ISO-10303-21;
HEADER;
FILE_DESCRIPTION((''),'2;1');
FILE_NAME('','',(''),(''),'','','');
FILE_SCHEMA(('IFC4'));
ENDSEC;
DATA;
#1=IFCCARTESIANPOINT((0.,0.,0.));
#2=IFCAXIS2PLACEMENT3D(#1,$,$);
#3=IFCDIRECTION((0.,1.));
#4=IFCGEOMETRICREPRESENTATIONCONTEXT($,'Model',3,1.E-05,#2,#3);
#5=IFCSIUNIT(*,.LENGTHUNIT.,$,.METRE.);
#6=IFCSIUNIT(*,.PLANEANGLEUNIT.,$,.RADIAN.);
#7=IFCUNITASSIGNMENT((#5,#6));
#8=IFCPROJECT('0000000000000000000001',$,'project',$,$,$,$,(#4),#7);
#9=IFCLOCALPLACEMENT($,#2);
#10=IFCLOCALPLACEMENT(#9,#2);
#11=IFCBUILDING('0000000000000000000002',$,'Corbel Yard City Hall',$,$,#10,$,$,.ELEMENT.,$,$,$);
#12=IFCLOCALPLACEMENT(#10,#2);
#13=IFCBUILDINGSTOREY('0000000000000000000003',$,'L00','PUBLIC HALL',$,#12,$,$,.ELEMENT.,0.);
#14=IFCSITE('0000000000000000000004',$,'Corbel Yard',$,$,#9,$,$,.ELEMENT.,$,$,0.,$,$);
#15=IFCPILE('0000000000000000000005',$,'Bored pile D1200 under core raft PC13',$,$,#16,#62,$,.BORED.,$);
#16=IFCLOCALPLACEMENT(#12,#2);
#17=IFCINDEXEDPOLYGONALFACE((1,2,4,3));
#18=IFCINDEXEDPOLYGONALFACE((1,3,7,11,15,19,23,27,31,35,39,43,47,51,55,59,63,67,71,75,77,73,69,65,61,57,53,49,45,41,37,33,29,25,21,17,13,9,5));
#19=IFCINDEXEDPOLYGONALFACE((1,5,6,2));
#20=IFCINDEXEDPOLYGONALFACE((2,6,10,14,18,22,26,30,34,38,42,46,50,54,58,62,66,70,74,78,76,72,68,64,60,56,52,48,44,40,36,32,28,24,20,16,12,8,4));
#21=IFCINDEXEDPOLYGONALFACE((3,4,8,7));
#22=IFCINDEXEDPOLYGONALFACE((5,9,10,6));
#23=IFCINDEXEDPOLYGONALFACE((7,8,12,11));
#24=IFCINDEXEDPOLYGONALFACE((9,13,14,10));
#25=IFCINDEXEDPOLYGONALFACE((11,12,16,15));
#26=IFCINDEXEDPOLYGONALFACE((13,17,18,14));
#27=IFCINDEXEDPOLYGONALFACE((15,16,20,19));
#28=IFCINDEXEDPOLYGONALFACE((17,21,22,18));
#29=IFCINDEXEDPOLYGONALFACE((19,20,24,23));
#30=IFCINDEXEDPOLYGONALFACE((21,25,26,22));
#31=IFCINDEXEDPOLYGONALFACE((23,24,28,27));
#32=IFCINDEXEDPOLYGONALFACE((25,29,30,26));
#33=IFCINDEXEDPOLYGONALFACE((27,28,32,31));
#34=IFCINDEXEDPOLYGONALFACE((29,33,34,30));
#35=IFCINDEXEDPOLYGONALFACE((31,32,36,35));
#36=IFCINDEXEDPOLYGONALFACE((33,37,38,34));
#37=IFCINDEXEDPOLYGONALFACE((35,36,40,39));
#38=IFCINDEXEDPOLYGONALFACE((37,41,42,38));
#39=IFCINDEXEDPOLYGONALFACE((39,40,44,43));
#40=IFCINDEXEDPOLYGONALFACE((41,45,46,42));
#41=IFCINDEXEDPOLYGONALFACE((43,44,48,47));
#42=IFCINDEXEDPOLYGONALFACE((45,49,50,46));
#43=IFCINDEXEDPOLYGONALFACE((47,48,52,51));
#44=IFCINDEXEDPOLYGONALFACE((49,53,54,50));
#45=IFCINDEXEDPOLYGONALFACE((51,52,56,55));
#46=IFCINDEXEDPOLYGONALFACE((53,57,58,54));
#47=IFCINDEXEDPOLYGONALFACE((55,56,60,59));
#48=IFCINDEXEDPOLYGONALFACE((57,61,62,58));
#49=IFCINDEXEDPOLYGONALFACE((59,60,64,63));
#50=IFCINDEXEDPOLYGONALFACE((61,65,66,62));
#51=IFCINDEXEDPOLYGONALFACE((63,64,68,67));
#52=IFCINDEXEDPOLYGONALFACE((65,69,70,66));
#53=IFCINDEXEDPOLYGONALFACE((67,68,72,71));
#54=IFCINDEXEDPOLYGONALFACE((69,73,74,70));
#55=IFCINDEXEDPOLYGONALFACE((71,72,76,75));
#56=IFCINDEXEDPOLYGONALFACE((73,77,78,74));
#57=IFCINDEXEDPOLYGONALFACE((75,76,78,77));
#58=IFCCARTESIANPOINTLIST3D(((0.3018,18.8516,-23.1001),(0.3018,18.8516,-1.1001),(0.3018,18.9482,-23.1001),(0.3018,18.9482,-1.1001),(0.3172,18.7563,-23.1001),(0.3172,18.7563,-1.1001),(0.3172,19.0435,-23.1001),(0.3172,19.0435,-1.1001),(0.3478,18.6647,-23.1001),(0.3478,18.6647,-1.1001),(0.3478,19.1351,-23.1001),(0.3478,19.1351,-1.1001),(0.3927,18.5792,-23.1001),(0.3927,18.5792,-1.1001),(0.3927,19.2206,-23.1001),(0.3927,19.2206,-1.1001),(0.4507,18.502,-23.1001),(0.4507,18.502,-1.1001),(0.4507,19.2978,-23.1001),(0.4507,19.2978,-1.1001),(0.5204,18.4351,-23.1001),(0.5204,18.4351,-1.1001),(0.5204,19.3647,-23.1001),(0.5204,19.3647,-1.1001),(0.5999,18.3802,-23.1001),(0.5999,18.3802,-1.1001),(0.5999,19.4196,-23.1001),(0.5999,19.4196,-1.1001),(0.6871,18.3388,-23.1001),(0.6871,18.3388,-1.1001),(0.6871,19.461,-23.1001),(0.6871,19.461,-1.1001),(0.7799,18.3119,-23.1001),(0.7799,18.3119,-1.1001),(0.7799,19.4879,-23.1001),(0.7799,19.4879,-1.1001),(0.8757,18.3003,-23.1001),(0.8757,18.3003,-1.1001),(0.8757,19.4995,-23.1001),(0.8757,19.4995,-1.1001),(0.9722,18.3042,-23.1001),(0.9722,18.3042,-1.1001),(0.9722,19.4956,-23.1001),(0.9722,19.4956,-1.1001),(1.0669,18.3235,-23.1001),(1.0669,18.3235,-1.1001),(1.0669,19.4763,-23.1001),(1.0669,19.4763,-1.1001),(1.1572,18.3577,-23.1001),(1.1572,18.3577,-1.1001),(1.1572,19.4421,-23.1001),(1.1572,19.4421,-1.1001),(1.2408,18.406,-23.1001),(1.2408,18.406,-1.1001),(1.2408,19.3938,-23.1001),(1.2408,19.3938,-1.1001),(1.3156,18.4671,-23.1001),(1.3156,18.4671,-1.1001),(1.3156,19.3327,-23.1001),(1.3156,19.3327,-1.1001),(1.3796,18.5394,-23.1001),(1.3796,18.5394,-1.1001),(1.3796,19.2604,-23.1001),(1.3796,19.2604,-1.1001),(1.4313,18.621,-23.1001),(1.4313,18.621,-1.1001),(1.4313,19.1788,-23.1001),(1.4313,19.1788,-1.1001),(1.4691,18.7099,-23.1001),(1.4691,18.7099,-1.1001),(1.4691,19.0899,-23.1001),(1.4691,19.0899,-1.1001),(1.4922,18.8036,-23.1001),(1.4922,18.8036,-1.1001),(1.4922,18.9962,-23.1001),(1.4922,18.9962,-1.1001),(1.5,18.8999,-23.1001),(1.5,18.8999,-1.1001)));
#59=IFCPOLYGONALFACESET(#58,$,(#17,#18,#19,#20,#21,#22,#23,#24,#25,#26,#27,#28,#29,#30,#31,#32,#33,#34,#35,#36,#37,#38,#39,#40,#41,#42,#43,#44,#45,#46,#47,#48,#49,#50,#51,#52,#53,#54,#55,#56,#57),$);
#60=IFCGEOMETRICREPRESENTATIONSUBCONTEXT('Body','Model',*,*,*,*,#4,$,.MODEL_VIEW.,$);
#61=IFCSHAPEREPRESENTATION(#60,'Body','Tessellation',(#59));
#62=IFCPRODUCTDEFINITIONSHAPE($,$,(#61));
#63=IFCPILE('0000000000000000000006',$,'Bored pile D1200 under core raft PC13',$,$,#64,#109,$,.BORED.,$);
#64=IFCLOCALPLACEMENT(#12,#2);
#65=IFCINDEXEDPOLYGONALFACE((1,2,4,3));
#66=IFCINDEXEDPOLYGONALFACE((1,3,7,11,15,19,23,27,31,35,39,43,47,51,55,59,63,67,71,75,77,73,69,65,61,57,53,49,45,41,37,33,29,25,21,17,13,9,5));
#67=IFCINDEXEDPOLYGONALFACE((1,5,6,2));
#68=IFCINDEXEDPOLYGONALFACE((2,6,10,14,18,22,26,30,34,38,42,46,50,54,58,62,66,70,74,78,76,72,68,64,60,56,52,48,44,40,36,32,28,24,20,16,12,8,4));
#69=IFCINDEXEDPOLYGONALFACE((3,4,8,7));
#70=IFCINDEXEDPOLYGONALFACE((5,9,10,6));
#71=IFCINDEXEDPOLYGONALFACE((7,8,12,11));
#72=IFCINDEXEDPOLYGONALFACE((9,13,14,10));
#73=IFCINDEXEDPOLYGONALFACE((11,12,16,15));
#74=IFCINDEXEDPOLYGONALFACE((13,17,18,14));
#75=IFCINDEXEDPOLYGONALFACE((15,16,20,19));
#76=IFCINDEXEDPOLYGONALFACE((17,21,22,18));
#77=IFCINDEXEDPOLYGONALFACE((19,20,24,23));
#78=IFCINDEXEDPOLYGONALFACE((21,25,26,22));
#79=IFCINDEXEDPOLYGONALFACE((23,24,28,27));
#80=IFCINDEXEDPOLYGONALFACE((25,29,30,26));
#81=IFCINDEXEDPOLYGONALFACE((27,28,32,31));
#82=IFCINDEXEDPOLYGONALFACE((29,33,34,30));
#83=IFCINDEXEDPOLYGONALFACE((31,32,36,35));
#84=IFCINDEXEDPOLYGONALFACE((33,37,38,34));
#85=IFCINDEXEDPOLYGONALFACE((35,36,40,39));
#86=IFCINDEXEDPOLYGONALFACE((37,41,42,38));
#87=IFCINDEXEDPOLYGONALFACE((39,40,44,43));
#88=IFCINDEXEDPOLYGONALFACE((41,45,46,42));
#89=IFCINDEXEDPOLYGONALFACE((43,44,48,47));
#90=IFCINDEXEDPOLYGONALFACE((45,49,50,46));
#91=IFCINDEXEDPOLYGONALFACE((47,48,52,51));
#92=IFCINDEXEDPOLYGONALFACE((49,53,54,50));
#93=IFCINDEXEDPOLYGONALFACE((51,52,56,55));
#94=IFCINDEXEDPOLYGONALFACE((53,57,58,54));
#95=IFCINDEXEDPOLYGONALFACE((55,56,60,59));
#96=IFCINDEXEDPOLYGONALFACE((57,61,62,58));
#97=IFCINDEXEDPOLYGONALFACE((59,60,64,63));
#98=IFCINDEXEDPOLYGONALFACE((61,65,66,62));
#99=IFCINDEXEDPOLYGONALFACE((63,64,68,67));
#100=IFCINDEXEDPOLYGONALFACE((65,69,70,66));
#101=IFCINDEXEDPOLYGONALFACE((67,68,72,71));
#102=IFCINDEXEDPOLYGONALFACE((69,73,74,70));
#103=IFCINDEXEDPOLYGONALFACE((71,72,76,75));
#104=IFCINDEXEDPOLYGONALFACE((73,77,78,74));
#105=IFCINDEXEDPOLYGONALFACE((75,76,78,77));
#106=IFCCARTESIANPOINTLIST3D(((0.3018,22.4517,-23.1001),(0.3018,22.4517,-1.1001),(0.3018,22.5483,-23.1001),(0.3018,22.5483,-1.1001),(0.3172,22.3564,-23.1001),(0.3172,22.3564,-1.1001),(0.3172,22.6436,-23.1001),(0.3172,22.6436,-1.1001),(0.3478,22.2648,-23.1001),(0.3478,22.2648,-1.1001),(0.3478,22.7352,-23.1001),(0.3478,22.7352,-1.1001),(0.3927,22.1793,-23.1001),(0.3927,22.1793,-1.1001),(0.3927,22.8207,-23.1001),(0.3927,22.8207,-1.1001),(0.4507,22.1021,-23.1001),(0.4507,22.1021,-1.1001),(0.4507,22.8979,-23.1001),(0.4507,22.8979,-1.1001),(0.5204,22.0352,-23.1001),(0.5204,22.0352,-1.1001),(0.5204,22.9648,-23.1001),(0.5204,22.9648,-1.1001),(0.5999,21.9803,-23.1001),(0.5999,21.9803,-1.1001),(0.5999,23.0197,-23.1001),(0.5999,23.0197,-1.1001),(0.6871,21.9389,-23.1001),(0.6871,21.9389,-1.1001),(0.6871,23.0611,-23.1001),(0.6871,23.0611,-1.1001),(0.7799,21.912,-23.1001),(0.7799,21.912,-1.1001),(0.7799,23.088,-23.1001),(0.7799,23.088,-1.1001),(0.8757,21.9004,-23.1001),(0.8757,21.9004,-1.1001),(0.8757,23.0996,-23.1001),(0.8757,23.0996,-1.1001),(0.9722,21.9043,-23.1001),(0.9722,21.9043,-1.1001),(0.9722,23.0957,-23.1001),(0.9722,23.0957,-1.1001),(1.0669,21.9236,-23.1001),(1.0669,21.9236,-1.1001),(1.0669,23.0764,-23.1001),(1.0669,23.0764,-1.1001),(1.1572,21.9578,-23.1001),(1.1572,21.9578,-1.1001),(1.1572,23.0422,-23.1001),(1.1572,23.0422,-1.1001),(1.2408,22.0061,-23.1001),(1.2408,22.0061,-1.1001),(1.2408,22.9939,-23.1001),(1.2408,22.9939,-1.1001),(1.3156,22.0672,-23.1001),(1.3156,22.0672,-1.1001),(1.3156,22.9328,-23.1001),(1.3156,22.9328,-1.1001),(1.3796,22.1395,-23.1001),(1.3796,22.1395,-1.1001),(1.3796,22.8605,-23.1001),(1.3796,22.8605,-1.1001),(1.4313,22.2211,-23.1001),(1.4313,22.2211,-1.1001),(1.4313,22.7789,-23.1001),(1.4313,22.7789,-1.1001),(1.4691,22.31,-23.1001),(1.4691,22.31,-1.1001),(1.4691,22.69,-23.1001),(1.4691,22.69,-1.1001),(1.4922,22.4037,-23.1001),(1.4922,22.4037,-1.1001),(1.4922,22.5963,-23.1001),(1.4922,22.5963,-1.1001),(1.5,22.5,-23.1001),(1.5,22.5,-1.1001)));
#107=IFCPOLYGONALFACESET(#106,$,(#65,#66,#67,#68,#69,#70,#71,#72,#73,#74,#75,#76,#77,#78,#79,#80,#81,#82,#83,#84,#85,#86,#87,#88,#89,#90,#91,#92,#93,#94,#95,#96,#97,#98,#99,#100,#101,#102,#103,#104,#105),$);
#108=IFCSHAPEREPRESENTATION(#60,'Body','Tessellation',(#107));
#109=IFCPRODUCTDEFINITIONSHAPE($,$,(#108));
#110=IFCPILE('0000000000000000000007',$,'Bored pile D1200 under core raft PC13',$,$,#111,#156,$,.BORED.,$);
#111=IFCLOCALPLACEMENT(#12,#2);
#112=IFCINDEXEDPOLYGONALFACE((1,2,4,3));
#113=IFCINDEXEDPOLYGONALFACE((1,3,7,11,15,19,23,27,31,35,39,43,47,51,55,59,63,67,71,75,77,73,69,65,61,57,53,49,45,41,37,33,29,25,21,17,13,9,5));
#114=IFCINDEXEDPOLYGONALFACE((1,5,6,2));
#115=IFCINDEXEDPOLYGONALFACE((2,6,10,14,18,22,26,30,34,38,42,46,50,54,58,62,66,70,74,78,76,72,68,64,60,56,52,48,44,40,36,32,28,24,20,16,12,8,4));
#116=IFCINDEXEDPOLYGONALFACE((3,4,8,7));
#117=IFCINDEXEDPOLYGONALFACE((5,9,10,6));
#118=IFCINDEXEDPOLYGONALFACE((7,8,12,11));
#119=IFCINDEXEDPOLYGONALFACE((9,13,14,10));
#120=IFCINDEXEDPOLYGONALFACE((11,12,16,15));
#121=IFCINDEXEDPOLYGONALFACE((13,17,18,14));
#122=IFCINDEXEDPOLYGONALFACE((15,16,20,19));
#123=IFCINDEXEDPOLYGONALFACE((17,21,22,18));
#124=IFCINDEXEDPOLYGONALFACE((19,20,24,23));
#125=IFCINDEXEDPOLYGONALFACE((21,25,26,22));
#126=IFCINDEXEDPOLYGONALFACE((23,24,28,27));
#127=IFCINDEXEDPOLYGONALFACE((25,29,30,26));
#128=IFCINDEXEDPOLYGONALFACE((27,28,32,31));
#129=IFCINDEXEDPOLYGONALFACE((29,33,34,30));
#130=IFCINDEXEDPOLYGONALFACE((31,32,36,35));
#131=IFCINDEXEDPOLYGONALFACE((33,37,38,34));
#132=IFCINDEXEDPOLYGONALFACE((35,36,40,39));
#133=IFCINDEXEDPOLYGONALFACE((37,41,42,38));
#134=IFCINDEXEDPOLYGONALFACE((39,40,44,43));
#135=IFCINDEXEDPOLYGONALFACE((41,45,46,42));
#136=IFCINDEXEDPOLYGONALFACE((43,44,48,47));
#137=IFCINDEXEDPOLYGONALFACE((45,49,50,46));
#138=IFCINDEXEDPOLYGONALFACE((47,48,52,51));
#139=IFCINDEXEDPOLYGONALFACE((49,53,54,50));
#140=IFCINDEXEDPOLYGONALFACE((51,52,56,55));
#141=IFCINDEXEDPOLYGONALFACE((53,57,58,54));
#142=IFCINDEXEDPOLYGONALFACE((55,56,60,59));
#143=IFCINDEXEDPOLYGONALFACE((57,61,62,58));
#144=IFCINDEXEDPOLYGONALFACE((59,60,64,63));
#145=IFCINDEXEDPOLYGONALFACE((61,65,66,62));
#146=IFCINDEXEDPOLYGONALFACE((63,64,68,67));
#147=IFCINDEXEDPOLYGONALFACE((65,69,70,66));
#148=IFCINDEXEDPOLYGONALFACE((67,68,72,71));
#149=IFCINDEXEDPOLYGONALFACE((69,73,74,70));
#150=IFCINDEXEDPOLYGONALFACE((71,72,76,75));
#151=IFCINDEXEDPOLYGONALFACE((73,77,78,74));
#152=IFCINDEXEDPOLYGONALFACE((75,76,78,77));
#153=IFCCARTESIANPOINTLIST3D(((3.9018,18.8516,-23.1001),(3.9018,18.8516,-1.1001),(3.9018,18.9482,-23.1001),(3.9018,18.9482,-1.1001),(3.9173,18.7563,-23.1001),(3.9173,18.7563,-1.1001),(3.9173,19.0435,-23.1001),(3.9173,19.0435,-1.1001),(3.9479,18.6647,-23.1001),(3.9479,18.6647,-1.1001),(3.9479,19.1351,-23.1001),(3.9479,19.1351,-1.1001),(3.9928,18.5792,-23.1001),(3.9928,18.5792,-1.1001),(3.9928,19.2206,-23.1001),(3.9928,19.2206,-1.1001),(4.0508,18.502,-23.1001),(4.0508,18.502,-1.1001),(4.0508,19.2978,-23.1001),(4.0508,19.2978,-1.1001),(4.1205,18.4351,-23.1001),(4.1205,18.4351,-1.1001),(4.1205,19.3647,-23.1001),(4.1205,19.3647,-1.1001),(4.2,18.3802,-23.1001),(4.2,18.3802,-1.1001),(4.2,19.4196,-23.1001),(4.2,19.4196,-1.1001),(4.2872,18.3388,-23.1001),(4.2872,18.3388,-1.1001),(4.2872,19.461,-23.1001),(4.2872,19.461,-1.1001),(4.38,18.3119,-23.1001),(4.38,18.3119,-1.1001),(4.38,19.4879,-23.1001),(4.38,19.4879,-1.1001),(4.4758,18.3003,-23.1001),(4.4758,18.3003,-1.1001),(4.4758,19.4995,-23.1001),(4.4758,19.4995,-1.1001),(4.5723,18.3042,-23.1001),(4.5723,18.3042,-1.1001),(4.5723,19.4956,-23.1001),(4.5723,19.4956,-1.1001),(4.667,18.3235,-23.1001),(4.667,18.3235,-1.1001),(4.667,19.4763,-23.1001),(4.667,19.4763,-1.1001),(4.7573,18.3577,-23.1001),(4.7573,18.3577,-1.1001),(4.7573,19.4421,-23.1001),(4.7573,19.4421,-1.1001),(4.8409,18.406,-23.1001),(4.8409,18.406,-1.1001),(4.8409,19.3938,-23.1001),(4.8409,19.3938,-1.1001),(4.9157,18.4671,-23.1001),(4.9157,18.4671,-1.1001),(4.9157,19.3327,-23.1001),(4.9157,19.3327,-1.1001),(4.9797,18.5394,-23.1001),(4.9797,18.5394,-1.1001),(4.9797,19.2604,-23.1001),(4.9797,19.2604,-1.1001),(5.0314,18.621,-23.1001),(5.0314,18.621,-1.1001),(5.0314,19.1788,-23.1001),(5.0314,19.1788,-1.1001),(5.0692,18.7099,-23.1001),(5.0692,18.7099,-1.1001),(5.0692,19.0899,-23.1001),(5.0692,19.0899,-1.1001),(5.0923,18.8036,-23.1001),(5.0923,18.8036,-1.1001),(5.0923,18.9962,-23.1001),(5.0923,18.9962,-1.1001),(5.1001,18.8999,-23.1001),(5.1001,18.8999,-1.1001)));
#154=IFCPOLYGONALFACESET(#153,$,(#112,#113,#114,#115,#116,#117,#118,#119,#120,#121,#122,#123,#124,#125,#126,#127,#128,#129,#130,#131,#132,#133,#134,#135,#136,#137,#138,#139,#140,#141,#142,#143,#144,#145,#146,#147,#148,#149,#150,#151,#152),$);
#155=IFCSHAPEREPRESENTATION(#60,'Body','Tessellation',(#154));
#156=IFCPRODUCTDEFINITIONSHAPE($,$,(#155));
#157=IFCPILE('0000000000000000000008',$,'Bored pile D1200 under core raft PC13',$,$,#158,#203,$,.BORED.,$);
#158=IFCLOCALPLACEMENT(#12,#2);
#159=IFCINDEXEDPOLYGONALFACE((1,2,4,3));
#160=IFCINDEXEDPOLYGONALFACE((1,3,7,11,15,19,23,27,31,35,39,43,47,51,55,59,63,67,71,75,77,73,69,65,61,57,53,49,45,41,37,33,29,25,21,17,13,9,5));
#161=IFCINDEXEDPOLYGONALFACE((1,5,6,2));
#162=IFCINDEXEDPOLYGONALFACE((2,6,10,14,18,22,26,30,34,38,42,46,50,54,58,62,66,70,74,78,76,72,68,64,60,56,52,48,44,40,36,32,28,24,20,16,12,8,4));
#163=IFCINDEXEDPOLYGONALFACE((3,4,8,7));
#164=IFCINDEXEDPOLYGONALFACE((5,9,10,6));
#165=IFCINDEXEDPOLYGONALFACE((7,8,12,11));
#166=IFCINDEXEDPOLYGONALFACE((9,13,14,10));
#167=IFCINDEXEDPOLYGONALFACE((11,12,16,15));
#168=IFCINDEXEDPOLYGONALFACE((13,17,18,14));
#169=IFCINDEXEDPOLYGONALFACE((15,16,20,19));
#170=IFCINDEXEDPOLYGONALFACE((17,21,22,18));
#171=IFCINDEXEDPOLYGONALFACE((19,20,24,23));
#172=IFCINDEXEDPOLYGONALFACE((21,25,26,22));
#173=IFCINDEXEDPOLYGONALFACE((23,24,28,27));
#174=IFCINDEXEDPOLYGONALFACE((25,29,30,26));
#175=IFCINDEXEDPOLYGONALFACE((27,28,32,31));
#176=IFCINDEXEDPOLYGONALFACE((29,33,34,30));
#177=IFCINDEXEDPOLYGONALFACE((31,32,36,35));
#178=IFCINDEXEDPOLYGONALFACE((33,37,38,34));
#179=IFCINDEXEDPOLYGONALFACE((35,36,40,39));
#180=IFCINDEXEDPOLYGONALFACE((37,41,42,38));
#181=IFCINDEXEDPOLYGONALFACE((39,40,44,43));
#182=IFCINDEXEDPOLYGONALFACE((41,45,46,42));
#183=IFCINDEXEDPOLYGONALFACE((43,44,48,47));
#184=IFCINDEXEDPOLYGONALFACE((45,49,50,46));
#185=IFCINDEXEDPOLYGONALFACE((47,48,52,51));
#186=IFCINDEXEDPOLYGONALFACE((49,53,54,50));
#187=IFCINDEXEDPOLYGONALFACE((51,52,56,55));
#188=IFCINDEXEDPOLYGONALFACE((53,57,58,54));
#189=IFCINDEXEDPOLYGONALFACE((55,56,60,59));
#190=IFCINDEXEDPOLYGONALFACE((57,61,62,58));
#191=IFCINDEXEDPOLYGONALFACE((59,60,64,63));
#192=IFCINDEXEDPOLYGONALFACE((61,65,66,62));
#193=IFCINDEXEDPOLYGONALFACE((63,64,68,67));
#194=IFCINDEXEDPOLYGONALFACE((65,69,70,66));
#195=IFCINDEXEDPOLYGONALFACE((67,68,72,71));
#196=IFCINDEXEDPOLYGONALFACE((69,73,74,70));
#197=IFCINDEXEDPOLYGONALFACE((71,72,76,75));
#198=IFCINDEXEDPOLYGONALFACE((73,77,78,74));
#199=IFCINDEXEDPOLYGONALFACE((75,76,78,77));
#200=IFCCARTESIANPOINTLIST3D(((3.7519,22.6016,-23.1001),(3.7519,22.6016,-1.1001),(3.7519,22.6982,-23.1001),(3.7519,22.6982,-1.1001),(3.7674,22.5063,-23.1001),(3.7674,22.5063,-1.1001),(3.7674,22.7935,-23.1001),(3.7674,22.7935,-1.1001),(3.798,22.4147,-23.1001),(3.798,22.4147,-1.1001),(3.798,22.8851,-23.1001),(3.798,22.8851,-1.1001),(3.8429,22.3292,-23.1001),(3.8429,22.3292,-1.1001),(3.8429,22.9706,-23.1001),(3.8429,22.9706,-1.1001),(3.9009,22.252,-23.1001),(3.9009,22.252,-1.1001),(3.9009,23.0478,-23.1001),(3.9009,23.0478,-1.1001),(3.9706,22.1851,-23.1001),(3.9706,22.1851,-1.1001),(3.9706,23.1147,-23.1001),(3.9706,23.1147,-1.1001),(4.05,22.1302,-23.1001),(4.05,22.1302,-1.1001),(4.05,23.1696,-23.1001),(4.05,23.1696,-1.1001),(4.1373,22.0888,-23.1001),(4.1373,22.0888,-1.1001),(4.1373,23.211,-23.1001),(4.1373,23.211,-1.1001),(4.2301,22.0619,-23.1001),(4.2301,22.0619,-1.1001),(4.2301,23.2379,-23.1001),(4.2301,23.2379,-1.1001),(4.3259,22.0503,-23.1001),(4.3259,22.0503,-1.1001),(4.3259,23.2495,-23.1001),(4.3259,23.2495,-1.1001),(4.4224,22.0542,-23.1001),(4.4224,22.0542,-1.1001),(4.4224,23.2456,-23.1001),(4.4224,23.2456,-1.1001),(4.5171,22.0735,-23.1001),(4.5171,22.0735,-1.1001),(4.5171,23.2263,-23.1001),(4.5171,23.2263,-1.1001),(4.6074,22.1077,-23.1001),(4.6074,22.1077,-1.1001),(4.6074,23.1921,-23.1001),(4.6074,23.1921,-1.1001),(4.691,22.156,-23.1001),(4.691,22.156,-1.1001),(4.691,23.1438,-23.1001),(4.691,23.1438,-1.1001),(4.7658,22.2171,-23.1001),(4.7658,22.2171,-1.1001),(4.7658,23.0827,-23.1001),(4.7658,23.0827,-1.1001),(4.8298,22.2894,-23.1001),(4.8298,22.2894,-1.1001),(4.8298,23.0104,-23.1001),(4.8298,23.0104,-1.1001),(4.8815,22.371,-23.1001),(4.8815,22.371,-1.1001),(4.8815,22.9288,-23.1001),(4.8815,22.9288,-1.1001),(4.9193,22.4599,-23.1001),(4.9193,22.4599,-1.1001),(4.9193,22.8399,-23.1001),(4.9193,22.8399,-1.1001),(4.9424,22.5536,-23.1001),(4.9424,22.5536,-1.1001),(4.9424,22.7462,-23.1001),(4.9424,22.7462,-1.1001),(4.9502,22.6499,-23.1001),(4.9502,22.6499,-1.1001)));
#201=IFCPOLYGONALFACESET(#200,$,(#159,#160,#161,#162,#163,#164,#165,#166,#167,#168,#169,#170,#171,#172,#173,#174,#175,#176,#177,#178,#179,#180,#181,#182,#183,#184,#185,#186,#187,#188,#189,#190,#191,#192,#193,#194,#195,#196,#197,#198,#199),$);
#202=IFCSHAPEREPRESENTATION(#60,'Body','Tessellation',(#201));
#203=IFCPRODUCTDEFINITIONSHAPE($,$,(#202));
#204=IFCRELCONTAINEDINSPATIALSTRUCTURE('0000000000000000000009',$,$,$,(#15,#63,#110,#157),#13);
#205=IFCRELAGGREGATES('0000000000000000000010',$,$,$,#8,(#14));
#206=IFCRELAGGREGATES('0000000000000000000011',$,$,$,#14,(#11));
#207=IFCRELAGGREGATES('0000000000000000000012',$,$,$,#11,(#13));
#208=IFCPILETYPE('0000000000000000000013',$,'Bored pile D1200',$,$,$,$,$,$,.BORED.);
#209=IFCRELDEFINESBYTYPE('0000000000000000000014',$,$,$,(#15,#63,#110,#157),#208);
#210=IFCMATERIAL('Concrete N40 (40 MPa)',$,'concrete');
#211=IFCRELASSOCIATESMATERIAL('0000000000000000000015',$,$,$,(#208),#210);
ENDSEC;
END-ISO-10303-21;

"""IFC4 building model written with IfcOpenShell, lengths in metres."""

from ifc_helpers import new_model, si_unit, direction, frame, origin, origin_2d, place, context, subcontext, project, spatial, circle, extrude, material, material_profile, profile_set, type_object, element, save


model = new_model("IFC4")

# Units and contexts
model_context = context("Model", 3, precision=1e-05, world=origin(), true_north=direction((0.0, 1.0)))
body_context = subcontext(model_context, "Body", "Model", "MODEL_VIEW")
ifc_project = project(units=[si_unit("LENGTHUNIT", "METRE"), si_unit("PLANEANGLEUNIT", "RADIAN")], contexts=[model_context])

# Site, building, storey
site_placement = place(None, origin())
site = spatial("IfcSite", under=ifc_project, at=site_placement, Name="Corbel Yard", CompositionType="ELEMENT", RefElevation=0.0)
building_placement = place(site_placement, origin())
building = spatial("IfcBuilding", under=site, at=building_placement, Name="Corbel Yard City Hall", CompositionType="ELEMENT")
storey_placement = place(building_placement, origin())
storey = spatial("IfcBuildingStorey", under=building, at=storey_placement, Name="L00", Description="PUBLIC HALL", CompositionType="ELEMENT", Elevation=0.0)

# Piles
ifc_material_1 = material(Name="Concrete N40 (40 MPa)", Category="concrete")
ifc_material_profile_1 = material_profile(ifc_material_1, circle(Radius=0.6001, at=origin_2d()), Name="D1200")
ifc_profile_set_1 = profile_set([ifc_material_profile_1], Name="Concrete N40 (40 MPa)")
pile_type_1 = type_object("IfcPileType", Name="Bored pile D1200", PredefinedType="BORED", material=ifc_profile_set_1)
for number, where, z_axis, x_axis, name in (
    (1, (0.8999, 18.8999, -1.1001), (0.0, 0.0, -1.0), (1.0, 0.0, 0.0), "Bored pile D1200 under core raft PC13"),
    (2, (0.8999, 22.5, -1.1001), (0.0, 0.0, -1.0), (1.0, 0.0, 0.0), "Bored pile D1200 under core raft PC13"),
    (3, (4.5, 18.8999, -1.1001), (0.0, 0.0, -1.0), (1.0, 0.0, 0.0), "Bored pile D1200 under core raft PC13"),
    (4, (4.3501, 22.6499, -1.1001), (0.0, 0.0, -1.0), (1.0, 0.0, 0.0), "Bored pile D1200 under core raft PC13"),
):
    element("IfcPile", number, at=place(storey_placement, frame(where, z_axis=z_axis, x_axis=x_axis)), inside=storey, type_object=pile_type_1, Name=name, PredefinedType="BORED", context=body_context, shape_type="SweptSolid", body=[
        extrude(circle(Radius=0.6001, at=origin_2d()), origin(), (0.0, 0.0, 1.0), 22.0),
    ])

save(model, "model.ifc")
